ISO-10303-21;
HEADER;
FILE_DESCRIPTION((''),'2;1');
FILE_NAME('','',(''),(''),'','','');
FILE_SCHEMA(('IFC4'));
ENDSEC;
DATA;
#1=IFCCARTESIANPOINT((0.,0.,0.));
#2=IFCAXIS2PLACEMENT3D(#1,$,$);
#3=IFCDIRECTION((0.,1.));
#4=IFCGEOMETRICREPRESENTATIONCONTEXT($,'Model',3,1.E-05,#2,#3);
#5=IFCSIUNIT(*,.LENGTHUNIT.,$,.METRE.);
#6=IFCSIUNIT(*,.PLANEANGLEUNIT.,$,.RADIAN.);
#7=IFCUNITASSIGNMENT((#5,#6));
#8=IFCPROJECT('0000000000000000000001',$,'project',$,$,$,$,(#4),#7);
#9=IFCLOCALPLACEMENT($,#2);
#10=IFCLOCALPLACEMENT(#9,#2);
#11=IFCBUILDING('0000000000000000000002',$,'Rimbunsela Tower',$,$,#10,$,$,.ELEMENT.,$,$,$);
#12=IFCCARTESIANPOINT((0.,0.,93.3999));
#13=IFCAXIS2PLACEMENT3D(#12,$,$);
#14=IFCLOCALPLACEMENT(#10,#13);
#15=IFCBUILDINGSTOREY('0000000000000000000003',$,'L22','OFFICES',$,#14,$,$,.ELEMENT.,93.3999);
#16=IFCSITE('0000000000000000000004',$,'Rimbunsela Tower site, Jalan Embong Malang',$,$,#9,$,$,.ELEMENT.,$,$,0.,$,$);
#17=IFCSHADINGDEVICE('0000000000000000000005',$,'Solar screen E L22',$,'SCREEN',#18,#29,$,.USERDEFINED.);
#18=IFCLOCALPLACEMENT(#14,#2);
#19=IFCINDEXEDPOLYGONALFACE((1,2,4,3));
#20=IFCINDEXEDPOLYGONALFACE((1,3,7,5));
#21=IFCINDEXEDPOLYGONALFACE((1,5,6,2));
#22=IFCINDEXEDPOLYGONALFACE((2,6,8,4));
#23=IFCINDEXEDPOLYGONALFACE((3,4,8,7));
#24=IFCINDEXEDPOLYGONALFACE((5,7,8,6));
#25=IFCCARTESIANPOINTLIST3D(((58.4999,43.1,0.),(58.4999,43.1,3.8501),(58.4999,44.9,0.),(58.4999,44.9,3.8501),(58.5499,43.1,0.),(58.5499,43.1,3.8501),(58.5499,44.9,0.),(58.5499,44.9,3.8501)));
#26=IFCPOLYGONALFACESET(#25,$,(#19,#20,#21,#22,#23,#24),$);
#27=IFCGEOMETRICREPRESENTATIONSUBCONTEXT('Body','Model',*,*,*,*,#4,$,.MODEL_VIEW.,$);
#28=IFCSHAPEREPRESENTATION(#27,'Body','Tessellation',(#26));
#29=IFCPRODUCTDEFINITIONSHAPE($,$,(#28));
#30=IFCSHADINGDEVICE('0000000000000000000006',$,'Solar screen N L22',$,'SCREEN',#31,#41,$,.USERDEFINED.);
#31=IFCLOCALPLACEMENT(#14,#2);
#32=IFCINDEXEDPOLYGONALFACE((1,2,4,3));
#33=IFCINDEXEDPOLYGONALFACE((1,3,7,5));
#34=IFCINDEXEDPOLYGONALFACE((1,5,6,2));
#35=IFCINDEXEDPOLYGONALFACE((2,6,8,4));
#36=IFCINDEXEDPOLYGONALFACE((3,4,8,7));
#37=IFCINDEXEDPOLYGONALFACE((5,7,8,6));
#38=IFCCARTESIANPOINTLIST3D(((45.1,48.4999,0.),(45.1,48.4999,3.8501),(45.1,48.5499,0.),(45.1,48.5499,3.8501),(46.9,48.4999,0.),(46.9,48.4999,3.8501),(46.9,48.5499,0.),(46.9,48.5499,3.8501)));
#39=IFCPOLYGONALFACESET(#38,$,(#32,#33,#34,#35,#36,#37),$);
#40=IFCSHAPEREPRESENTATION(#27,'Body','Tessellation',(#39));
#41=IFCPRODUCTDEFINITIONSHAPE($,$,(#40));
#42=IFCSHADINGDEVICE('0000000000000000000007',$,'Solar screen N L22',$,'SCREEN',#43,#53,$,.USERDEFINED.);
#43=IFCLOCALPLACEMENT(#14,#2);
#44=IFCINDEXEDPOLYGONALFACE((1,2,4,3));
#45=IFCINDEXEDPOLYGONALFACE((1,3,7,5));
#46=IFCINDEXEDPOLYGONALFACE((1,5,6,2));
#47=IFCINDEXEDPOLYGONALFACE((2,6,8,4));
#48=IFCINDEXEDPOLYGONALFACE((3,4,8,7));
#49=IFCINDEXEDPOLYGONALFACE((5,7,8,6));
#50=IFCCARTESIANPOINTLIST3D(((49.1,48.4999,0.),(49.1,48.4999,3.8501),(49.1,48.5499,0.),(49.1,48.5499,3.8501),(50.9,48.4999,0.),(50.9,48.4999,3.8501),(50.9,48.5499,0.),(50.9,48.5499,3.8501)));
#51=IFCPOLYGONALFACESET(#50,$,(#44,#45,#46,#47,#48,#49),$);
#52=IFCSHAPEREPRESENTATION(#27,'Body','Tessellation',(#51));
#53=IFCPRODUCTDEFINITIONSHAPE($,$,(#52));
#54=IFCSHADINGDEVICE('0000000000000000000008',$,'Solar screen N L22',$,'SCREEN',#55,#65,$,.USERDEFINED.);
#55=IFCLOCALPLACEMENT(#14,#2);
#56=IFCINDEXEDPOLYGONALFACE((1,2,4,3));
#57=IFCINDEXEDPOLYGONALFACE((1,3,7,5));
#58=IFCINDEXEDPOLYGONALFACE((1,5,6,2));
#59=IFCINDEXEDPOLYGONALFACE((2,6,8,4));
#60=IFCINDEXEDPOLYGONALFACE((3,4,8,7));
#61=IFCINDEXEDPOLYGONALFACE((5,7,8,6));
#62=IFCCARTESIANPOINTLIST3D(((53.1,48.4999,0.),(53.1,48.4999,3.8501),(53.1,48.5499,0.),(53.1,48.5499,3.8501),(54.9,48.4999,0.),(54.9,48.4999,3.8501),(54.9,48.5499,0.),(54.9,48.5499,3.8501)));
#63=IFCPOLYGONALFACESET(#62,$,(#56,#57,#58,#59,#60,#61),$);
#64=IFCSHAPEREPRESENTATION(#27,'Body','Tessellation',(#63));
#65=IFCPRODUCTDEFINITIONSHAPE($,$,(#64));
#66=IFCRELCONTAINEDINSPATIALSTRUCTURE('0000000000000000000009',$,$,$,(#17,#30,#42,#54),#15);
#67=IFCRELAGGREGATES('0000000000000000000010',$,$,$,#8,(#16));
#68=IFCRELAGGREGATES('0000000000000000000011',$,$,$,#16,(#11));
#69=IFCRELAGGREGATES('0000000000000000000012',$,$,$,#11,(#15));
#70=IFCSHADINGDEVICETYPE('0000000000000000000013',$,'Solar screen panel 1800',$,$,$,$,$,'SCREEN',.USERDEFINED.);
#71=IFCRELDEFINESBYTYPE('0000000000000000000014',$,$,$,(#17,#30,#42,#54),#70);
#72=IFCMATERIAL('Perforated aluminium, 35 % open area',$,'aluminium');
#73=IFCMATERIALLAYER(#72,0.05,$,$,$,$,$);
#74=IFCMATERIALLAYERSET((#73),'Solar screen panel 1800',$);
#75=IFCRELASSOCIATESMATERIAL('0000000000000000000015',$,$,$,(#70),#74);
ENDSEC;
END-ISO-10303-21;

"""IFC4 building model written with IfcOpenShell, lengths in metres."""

from ifc_helpers import new_model, si_unit, direction, frame, origin, origin_2d, place, context, subcontext, project, spatial, rectangle, extrude, material, layer, layer_set, type_object, element, save


model = new_model("IFC4")

# Units and contexts
model_context = context("Model", 3, precision=1e-05, world=origin(), true_north=direction((0.0, 1.0)))
body_context = subcontext(model_context, "Body", "Model", "MODEL_VIEW")
ifc_project = project(units=[si_unit("LENGTHUNIT", "METRE"), si_unit("PLANEANGLEUNIT", "RADIAN")], contexts=[model_context])

# Site, building, storey
site_placement = place(None, origin())
site = spatial("IfcSite", under=ifc_project, at=site_placement, Name="Rimbunsela Tower site, Jalan Embong Malang", CompositionType="ELEMENT", RefElevation=0.0)
building_placement = place(site_placement, origin())
building = spatial("IfcBuilding", under=site, at=building_placement, Name="Rimbunsela Tower", CompositionType="ELEMENT")
storey_placement = place(building_placement, frame((0.0, 0.0, 93.3999)))
storey = spatial("IfcBuildingStorey", under=building, at=storey_placement, Name="L22", Description="OFFICES", CompositionType="ELEMENT", Elevation=93.3999)

# Shading devices
ifc_material_1 = material(Name="Perforated aluminium, 35 % open area", Category="aluminium")
ifc_layer_1 = layer(ifc_material_1, 0.05)
ifc_layer_set_1 = layer_set([ifc_layer_1], Name="Solar screen panel 1800")
shading_device_type = type_object("IfcShadingDeviceType", Name="Solar screen panel 1800", ElementType="SCREEN", PredefinedType="USERDEFINED", material=ifc_layer_set_1)
for number, where, z_axis, x_axis, name in (
    (1, (58.5249, 44.0, 0.0), (0.0, 0.0, 1.0), (0.0, 1.0, 0.0), "Solar screen E L22"),
    (2, (46.0, 48.5249, 0.0), (0.0, 0.0, 1.0), (1.0, 0.0, 0.0), "Solar screen N L22"),
    (3, (50.0, 48.5249, 0.0), (0.0, 0.0, 1.0), (1.0, 0.0, 0.0), "Solar screen N L22"),
    (4, (54.0, 48.5249, 0.0), (0.0, 0.0, 1.0), (1.0, 0.0, 0.0), "Solar screen N L22"),
):
    element("IfcShadingDevice", number, at=place(storey_placement, frame(where, z_axis=z_axis, x_axis=x_axis)), inside=storey, type_object=shading_device_type, Name=name, ObjectType="SCREEN", PredefinedType="USERDEFINED", context=body_context, shape_type="SweptSolid", body=[
        extrude(rectangle(XDim=1.8, YDim=0.05, at=origin_2d()), origin(), (0.0, 0.0, 1.0), 3.8501),
    ])

save(model, "model.ifc")
